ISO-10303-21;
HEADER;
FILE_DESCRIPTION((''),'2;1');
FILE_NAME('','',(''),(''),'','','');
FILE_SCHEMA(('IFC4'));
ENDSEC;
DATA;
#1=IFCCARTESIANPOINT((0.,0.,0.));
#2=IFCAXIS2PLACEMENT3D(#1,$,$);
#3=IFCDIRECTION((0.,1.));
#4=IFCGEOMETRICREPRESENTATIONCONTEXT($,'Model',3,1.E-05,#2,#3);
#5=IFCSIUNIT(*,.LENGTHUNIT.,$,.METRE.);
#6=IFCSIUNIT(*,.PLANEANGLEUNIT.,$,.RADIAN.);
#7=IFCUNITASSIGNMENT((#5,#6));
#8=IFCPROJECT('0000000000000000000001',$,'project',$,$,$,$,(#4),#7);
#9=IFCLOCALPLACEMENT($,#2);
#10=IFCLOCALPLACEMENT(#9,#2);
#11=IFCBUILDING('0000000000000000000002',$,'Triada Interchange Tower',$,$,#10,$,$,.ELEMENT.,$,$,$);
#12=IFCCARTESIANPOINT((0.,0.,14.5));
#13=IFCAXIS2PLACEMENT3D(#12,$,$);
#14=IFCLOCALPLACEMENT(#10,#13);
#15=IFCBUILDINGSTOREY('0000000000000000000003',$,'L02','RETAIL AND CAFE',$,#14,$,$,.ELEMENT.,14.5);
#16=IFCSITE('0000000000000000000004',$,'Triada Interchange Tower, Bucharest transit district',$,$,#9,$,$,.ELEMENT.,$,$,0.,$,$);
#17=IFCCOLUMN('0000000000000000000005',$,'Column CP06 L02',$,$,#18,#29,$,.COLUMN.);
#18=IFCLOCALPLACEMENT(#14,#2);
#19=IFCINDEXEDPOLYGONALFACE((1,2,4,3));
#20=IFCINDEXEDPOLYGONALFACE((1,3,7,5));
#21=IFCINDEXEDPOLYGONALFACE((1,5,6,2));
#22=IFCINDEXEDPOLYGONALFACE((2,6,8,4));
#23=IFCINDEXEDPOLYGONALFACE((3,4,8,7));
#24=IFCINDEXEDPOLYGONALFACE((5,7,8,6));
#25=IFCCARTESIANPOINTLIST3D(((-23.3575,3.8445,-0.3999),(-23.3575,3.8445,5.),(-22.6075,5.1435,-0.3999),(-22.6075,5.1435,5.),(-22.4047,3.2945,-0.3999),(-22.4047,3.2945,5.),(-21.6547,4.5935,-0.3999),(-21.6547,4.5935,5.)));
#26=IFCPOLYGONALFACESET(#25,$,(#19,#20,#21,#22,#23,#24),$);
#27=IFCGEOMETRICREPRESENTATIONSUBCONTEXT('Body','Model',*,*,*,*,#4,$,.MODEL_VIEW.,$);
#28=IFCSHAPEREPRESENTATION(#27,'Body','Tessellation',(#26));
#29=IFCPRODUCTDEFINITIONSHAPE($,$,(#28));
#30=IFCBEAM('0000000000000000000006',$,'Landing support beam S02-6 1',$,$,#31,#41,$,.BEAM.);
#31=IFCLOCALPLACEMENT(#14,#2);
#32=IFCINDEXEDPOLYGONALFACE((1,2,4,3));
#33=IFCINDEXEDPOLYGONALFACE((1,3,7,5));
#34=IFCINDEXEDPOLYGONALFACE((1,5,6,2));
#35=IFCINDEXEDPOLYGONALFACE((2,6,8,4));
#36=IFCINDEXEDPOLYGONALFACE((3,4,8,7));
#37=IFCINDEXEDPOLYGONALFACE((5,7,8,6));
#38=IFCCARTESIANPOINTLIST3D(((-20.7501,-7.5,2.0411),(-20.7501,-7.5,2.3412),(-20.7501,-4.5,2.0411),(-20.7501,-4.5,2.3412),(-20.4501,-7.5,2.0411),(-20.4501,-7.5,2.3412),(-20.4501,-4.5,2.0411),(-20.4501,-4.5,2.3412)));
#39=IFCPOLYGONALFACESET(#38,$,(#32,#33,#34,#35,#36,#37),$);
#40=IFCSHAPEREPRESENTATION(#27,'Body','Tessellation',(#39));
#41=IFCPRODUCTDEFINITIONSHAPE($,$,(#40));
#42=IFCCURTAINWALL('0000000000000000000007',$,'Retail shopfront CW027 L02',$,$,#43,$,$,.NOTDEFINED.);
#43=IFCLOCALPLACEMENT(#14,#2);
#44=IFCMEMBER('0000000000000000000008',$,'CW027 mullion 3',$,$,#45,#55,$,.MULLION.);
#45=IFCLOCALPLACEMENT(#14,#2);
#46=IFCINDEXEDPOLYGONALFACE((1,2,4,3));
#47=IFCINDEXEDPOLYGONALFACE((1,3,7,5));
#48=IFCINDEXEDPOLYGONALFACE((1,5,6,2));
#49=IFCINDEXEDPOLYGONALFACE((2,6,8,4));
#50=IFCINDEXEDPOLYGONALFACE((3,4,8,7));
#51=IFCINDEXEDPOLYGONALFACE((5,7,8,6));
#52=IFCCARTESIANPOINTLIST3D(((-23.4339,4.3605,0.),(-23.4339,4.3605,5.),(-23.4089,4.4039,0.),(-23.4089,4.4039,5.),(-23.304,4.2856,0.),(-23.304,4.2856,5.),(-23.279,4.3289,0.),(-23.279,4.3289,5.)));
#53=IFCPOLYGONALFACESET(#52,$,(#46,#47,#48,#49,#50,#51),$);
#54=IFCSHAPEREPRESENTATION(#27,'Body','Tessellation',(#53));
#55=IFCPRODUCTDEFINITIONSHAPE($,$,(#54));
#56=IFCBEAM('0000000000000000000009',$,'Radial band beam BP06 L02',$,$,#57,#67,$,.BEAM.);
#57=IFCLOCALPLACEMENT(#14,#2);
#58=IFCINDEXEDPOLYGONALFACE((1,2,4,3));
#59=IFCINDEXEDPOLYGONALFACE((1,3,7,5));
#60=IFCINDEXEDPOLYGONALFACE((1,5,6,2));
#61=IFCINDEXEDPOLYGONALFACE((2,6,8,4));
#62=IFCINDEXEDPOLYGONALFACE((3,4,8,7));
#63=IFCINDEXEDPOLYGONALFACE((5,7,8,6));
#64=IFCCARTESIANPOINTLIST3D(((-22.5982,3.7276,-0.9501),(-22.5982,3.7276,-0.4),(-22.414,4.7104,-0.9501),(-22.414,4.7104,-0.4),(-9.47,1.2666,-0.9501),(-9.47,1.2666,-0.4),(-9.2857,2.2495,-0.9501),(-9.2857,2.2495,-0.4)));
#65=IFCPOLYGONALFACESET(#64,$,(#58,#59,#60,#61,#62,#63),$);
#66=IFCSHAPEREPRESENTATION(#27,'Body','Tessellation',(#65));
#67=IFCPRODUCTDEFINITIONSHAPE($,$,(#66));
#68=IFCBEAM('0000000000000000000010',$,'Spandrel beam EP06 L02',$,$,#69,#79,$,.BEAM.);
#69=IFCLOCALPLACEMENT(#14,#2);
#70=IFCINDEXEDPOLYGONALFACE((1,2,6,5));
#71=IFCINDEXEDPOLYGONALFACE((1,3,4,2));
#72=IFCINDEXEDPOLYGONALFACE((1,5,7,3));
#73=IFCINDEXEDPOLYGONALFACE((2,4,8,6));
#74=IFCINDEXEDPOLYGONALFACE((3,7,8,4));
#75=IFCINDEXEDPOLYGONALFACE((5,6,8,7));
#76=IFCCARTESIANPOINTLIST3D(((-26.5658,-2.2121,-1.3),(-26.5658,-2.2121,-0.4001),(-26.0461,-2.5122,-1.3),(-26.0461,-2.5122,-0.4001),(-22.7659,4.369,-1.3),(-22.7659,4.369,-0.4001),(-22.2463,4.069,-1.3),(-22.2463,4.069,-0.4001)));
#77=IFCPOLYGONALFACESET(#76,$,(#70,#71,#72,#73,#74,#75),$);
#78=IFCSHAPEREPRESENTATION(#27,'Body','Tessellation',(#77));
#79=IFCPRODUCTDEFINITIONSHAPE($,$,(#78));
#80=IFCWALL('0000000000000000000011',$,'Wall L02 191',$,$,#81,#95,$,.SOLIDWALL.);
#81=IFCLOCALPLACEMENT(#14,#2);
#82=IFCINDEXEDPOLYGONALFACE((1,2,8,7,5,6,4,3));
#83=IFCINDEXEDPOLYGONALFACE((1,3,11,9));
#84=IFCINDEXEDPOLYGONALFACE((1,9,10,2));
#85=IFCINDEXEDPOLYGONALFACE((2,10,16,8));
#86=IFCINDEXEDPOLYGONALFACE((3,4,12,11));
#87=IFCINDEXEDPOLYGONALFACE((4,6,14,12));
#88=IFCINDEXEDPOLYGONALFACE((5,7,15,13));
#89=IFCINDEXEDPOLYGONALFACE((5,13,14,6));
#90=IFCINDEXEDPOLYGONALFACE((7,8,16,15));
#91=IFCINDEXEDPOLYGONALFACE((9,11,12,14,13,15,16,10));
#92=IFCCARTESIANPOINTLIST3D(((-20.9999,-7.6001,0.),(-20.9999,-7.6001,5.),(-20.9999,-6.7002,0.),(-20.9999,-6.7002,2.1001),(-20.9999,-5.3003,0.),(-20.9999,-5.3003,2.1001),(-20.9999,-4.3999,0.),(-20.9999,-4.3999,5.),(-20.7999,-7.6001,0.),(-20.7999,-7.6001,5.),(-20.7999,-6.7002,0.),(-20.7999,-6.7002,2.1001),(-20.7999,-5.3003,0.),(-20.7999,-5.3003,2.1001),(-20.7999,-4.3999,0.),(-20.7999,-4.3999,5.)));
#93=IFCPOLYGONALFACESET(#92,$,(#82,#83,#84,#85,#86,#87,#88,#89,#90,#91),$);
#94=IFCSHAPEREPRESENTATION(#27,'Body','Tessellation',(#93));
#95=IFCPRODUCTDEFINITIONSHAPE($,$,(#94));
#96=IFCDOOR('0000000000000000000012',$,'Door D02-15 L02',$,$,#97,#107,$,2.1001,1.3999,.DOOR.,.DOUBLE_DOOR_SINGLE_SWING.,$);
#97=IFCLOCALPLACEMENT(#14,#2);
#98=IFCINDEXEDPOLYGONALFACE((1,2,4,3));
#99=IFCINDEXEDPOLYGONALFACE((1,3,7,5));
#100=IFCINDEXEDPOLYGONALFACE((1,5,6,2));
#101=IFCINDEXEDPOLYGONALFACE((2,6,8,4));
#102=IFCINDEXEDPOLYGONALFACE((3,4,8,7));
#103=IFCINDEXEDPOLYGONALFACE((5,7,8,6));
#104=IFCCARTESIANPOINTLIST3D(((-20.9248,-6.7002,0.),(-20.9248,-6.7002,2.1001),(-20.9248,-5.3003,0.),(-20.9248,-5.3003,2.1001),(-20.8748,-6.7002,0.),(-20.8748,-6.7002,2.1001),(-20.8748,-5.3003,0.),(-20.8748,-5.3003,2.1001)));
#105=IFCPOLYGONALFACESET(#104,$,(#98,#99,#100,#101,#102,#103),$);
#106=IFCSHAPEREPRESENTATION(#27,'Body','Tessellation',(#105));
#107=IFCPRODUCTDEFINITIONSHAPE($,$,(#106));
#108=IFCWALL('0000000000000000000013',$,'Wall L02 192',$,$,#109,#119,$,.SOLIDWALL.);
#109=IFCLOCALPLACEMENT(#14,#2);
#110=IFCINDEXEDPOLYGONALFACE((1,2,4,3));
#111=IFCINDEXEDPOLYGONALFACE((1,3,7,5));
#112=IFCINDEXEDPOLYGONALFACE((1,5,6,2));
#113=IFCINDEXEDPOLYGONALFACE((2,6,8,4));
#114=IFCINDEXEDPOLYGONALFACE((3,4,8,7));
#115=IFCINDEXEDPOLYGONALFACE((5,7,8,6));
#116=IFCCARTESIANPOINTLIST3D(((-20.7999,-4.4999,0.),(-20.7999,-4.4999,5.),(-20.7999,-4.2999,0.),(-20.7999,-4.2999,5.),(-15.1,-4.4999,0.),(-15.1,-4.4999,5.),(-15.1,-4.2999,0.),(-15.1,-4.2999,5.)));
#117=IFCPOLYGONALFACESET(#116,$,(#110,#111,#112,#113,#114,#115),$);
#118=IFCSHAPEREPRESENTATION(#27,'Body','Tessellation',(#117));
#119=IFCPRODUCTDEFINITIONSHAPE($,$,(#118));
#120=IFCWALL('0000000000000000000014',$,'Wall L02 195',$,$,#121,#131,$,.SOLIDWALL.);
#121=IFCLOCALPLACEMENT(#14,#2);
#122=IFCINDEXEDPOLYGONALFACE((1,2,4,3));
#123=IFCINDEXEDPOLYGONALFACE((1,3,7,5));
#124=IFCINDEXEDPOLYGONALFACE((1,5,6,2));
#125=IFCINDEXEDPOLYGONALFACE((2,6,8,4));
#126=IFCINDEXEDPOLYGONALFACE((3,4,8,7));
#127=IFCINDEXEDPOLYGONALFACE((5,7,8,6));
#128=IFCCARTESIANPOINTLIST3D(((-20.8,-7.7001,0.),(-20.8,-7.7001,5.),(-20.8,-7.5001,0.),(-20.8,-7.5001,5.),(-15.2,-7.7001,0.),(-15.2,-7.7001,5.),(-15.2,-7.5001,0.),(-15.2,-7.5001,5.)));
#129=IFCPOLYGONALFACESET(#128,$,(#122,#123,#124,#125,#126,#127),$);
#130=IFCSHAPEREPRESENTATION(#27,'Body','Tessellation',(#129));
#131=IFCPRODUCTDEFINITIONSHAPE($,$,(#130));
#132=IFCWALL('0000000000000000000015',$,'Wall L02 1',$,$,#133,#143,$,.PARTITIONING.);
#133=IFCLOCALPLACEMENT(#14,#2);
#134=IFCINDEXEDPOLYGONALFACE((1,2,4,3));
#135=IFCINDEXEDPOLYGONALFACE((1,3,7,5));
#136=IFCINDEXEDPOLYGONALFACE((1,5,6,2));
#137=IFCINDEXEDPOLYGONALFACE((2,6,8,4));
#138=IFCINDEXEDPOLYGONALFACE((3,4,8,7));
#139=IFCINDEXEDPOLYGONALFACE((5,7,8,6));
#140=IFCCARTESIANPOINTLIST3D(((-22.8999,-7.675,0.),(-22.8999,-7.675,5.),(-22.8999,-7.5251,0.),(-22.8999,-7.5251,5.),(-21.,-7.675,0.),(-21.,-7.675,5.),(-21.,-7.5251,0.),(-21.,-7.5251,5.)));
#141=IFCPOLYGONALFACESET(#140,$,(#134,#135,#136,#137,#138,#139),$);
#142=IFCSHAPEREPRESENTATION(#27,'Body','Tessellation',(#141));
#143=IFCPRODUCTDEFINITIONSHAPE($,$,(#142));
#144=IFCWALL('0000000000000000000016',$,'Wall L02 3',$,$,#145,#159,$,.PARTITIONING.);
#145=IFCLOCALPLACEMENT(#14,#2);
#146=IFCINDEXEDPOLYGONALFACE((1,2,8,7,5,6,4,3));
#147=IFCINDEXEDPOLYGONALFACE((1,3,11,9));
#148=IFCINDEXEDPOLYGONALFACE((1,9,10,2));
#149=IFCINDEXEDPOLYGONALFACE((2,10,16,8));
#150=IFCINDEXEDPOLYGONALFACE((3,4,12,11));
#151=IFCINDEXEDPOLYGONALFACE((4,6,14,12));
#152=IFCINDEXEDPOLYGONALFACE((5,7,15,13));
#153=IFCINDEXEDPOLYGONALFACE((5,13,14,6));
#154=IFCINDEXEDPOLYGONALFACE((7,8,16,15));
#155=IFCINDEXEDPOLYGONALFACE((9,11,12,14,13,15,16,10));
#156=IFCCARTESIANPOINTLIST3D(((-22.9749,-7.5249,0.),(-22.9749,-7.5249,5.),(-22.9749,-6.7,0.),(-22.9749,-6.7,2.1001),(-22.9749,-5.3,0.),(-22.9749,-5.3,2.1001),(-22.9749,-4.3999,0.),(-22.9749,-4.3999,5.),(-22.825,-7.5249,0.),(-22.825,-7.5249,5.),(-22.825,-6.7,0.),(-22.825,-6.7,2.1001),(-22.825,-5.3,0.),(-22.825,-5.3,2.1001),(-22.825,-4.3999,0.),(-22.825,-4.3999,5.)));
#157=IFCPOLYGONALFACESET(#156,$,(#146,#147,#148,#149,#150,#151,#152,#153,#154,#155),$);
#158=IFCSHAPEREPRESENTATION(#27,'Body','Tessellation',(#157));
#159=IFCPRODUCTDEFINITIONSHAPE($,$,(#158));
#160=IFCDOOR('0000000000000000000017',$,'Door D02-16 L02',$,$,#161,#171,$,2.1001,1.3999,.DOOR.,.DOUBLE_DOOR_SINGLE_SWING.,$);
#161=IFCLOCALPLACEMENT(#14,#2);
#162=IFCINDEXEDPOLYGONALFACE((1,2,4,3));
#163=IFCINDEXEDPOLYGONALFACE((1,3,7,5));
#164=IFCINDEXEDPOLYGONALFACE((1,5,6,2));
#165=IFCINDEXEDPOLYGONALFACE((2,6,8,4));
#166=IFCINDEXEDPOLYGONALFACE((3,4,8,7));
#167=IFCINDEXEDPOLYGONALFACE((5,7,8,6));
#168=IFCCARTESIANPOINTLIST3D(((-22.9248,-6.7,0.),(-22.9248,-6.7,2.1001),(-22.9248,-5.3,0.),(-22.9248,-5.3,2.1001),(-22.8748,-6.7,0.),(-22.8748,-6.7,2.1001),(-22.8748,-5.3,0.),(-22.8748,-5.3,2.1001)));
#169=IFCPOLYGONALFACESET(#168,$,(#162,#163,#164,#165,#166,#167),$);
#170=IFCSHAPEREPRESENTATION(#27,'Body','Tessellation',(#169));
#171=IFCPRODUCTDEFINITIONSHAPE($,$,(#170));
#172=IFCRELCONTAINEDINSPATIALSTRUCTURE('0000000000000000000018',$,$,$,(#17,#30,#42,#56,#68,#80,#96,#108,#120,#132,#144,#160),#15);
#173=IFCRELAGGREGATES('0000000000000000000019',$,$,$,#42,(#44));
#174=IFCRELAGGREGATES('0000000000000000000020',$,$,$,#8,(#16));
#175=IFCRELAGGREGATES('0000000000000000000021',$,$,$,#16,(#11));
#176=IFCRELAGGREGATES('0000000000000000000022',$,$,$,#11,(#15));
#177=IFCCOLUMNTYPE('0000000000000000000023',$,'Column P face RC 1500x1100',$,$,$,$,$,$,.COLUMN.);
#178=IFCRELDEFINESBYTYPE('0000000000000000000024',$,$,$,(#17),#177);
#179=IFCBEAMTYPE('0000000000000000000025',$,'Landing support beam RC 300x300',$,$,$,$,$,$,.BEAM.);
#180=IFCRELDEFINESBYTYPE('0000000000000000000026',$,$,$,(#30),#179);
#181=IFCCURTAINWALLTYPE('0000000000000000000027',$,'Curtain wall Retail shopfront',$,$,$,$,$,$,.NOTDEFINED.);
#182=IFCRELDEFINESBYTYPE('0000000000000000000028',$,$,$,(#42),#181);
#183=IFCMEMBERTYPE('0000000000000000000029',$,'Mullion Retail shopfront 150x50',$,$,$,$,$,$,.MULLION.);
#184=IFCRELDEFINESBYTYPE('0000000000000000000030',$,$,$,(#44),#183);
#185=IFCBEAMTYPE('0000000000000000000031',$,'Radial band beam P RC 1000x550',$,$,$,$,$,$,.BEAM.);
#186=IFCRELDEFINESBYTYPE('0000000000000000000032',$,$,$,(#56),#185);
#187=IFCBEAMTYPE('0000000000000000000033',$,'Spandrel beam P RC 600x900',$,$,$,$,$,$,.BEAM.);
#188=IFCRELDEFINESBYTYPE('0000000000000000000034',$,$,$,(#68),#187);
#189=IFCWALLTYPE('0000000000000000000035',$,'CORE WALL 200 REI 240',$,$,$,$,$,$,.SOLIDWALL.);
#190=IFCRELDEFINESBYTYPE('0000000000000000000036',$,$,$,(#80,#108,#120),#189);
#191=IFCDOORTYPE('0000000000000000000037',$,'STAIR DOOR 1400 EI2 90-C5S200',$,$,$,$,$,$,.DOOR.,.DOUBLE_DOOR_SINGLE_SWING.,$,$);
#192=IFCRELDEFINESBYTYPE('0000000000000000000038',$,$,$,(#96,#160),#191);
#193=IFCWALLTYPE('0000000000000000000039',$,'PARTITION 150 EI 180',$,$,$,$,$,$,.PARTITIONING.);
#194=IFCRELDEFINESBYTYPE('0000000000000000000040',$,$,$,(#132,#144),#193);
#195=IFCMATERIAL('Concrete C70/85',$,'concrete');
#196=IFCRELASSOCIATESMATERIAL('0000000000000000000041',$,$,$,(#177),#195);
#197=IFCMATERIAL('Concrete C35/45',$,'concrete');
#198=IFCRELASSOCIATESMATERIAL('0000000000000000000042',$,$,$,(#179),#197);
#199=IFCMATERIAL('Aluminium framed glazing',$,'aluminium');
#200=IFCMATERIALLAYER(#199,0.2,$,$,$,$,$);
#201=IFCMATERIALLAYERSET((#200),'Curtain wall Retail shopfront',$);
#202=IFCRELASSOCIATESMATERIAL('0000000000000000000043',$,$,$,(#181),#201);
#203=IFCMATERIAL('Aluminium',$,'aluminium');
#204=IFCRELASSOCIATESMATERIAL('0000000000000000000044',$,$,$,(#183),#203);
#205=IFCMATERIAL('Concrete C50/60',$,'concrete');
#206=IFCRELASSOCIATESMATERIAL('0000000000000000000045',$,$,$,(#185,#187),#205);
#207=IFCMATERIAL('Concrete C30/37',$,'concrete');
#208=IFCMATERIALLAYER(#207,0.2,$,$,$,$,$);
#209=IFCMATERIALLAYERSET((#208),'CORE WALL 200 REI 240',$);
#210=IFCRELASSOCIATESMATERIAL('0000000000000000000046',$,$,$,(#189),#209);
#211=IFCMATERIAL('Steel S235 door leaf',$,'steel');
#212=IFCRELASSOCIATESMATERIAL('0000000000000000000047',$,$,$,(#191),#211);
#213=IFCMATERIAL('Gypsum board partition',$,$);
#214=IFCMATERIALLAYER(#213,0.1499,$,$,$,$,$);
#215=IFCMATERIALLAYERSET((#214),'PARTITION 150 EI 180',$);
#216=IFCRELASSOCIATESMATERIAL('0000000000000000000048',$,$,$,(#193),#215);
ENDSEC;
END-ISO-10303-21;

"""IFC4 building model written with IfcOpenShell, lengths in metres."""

from ifc_helpers import new_model, si_unit, direction, frame, frame_2d, origin, origin_2d, place, context, subcontext, project, spatial, rectangle, extrude, material, layer, layer_set, material_profile, profile_set, type_object, element, fill, aggregate, save


model = new_model("IFC4")

# Units and contexts
model_context = context("Model", 3, precision=1e-05, world=origin(), true_north=direction((0.0, 1.0)))
body_context = subcontext(model_context, "Body", "Model", "MODEL_VIEW")
ifc_project = project(units=[si_unit("LENGTHUNIT", "METRE"), si_unit("PLANEANGLEUNIT", "RADIAN")], contexts=[model_context])

# Site, building, storey
site_placement = place(None, origin())
site = spatial("IfcSite", under=ifc_project, at=site_placement, Name="Triada Interchange Tower, Bucharest transit district", CompositionType="ELEMENT", RefElevation=0.0)
building_placement = place(site_placement, origin())
building = spatial("IfcBuilding", under=site, at=building_placement, Name="Triada Interchange Tower", CompositionType="ELEMENT")
storey_placement = place(building_placement, frame((0.0, 0.0, 14.5)))
storey = spatial("IfcBuildingStorey", under=building, at=storey_placement, Name="L02", Description="RETAIL AND CAFE", CompositionType="ELEMENT", Elevation=14.5)

# Column
ifc_material_1 = material(Name="Concrete C70/85", Category="concrete")
ifc_material_profile_1 = material_profile(ifc_material_1, rectangle(XDim=1.5, YDim=1.1001, at=origin_2d()), Name="RC 1500x1100")
ifc_profile_set_1 = profile_set([ifc_material_profile_1], Name="Concrete C70/85")
column_type = type_object("IfcColumnType", Name="Column P face RC 1500x1100", PredefinedType="COLUMN", material=ifc_profile_set_1)
column_placement = place(storey_placement, frame((-22.5061, 4.219, -0.3999), z_axis=(0.0, 0.0, 1.0), x_axis=(0.5, 0.866025, 0.0)))
element("IfcColumn", 1, at=column_placement, inside=storey, type_object=column_type, Name="Column CP06 L02", PredefinedType="COLUMN", context=body_context, shape_type="SweptSolid", body=[
    extrude(rectangle(XDim=1.5, YDim=1.1001, at=origin_2d()), origin(), (0.0, 0.0, 1.0), 5.3999),
])

# Beam
ifc_material_2 = material(Name="Concrete C35/45", Category="concrete")
ifc_material_profile_2 = material_profile(ifc_material_2, rectangle(XDim=0.3, YDim=0.3, at=origin_2d()), Name="RC 300x300")
ifc_profile_set_2 = profile_set([ifc_material_profile_2], Name="Concrete C35/45")
beam_type_1 = type_object("IfcBeamType", Name="Landing support beam RC 300x300", PredefinedType="BEAM", material=ifc_profile_set_2)
beam_1_placement = place(storey_placement, frame((-20.6001, -4.5, 2.1912), z_axis=(0.0, -1.0, 0.0), x_axis=(1.0, 0.0, 0.0)))
element("IfcBeam", 2, at=beam_1_placement, inside=storey, type_object=beam_type_1, Name="Landing support beam S02-6 1", PredefinedType="BEAM", context=body_context, shape_type="SweptSolid", body=[
    extrude(rectangle(XDim=0.3, YDim=0.3, at=origin_2d()), origin(), (0.0, 0.0, 1.0), 3.0),
])

# Curtain wall, member
ifc_material_3 = material(Name="Aluminium framed glazing", Category="aluminium")
ifc_layer_1 = layer(ifc_material_3, 0.2)
ifc_layer_set_1 = layer_set([ifc_layer_1], Name="Curtain wall Retail shopfront")
curtain_wall_type = type_object("IfcCurtainWallType", Name="Curtain wall Retail shopfront", PredefinedType="NOTDEFINED", material=ifc_layer_set_1)
curtain_wall_placement = place(storey_placement, origin())
curtain_wall = element("IfcCurtainWall", 3, at=curtain_wall_placement, inside=storey, type_object=curtain_wall_type, Name="Retail shopfront CW027 L02", PredefinedType="NOTDEFINED")
ifc_material_4 = material(Name="Aluminium", Category="aluminium")
ifc_material_profile_3 = material_profile(ifc_material_4, rectangle(XDim=0.1499, YDim=0.05, at=origin_2d()), Name="Aluminium mullion")
ifc_profile_set_3 = profile_set([ifc_material_profile_3], Name="Aluminium")
member_type = type_object("IfcMemberType", Name="Mullion Retail shopfront 150x50", PredefinedType="MULLION", material=ifc_profile_set_3)
member_placement = place(storey_placement, frame((-23.3564, 4.3447, 0.0), z_axis=(0.0, 0.0, 1.0), x_axis=(0.866087, -0.499893, 0.0)))
member = element("IfcMember", 4, at=member_placement, type_object=member_type, Name="CW027 mullion 3", PredefinedType="MULLION", context=body_context, shape_type="SweptSolid", body=[
    extrude(rectangle(XDim=0.1499, YDim=0.05, at=origin_2d()), origin(), (0.0, 0.0, 1.0), 5.0),
])
aggregate(curtain_wall, [member])

# Beams
ifc_material_5 = material(Name="Concrete C50/60", Category="concrete")
ifc_material_profile_4 = material_profile(ifc_material_5, rectangle(XDim=1.0, YDim=0.55, at=origin_2d()), Name="RC 1000x550")
ifc_profile_set_4 = profile_set([ifc_material_profile_4], Name="Concrete C50/60")
beam_type_2 = type_object("IfcBeamType", Name="Radial band beam P RC 1000x550", PredefinedType="BEAM", material=ifc_profile_set_4)
beam_2_placement = place(storey_placement, frame((-22.5061, 4.219, -0.675), z_axis=(0.98288, -0.184245, 0.0), x_axis=(0.184245, 0.98288, 0.0)))
element("IfcBeam", 5, at=beam_2_placement, inside=storey, type_object=beam_type_2, Name="Radial band beam BP06 L02", PredefinedType="BEAM", context=body_context, shape_type="SweptSolid", body=[
    extrude(rectangle(XDim=1.0, YDim=0.55, at=origin_2d()), origin(), (0.0, 0.0, 1.0), 13.3569),
])
ifc_material_profile_5 = material_profile(ifc_material_5, rectangle(XDim=0.6001, YDim=0.8999, at=origin_2d()), Name="RC 600x900")
ifc_profile_set_5 = profile_set([ifc_material_profile_5], Name="Concrete C50/60")
beam_type_3 = type_object("IfcBeamType", Name="Spandrel beam P RC 600x900", PredefinedType="BEAM", material=ifc_profile_set_5)
beam_3_placement = place(storey_placement, frame((-22.5061, 4.219, -0.8501), z_axis=(-0.500023, -0.866012, 0.0), x_axis=(0.866012, -0.500023, 0.0)))
element("IfcBeam", 6, at=beam_3_placement, inside=storey, type_object=beam_type_3, Name="Spandrel beam EP06 L02", PredefinedType="BEAM", context=body_context, shape_type="SweptSolid", body=[
    extrude(rectangle(XDim=0.6001, YDim=0.8999, at=origin_2d()), origin(), (0.0, 0.0, 1.0), 7.5994),
])

# Wall, opening, door
ifc_material_6 = material(Name="Concrete C30/37", Category="concrete")
ifc_layer_2 = layer(ifc_material_6, 0.2)
ifc_layer_set_2 = layer_set([ifc_layer_2], Name="CORE WALL 200 REI 240")
wall_type_1 = type_object("IfcWallType", Name="CORE WALL 200 REI 240", PredefinedType="SOLIDWALL", material=ifc_layer_set_2)
wall_1_placement = place(storey_placement, frame((-20.8999, -7.6001, 0.0), z_axis=(0.0, 0.0, 1.0), x_axis=(0.0, 1.0, 0.0)))
wall_1 = element("IfcWall", 7, at=wall_1_placement, inside=storey, type_object=wall_type_1, Name="Wall L02 191", PredefinedType="SOLIDWALL", context=body_context, shape_type="SweptSolid", body=[
    extrude(rectangle(XDim=3.2002, YDim=0.2, at=frame_2d((1.6001, 0.0))), origin(), (0.0, 0.0, 1.0), 5.0),
])
opening_1_placement = place(wall_1_placement, frame((0.8999, 0.0, 0.0)))
opening_1 = element("IfcOpeningElement", 8, at=opening_1_placement, cuts=wall_1, PredefinedType="OPENING", context=body_context, shape_type="SweptSolid", body=[
    extrude(rectangle(XDim=1.3999, YDim=2.1001, at=frame_2d((0.7, 1.05))), frame((0.0, 0.1099, 0.0), z_axis=(0.0, -1.0, 0.0), x_axis=(1.0, 0.0, 0.0)), (0.0, 0.0, 1.0), 0.22),
])
ifc_material_7 = material(Name="Steel S235 door leaf", Category="steel")
door_type_1 = type_object("IfcDoorType", Name="STAIR DOOR 1400 EI2 90-C5S200", OperationType="DOUBLE_DOOR_SINGLE_SWING", PredefinedType="DOOR", material=ifc_material_7)
door_1_placement = place(opening_1_placement, origin())
door_1 = element("IfcDoor", 9, at=door_1_placement, inside=storey, type_object=door_type_1, Name="Door D02-15 L02", OperationType="DOUBLE_DOOR_SINGLE_SWING", OverallHeight=2.1001, OverallWidth=1.3999, PredefinedType="DOOR", context=body_context, shape_type="SweptSolid", body=[
    extrude(rectangle(XDim=1.3999, YDim=2.1001, at=frame_2d((0.7, 1.05))), frame((0.0, 0.0249, 0.0), z_axis=(0.0, -1.0, 0.0), x_axis=(1.0, 0.0, 0.0)), (0.0, 0.0, 1.0), 0.05),
])
fill(opening_1, door_1)

# Walls
wall_2_placement = place(storey_placement, frame((-20.8, -4.3999, 0.0), z_axis=(0.0, 0.0, 1.0), x_axis=(1.0, 0.0, 0.0)))
element("IfcWall", 10, at=wall_2_placement, inside=storey, type_object=wall_type_1, Name="Wall L02 192", PredefinedType="SOLIDWALL", context=body_context, shape_type="SweptSolid", body=[
    extrude(rectangle(XDim=5.7, YDim=0.2, at=frame_2d((2.8501, 0.0))), origin(), (0.0, 0.0, 1.0), 5.0),
])
wall_3_placement = place(storey_placement, frame((-20.8, -7.6001, 0.0), z_axis=(0.0, 0.0, 1.0), x_axis=(1.0, 0.0, 0.0)))
element("IfcWall", 11, at=wall_3_placement, inside=storey, type_object=wall_type_1, Name="Wall L02 195", PredefinedType="SOLIDWALL", context=body_context, shape_type="SweptSolid", body=[
    extrude(rectangle(XDim=5.6001, YDim=0.2, at=frame_2d((2.8, 0.0))), origin(), (0.0, 0.0, 1.0), 5.0),
])
ifc_material_8 = material(Name="Gypsum board partition")
ifc_layer_3 = layer(ifc_material_8, 0.1499)
ifc_layer_set_3 = layer_set([ifc_layer_3], Name="PARTITION 150 EI 180")
wall_type_2 = type_object("IfcWallType", Name="PARTITION 150 EI 180", PredefinedType="PARTITIONING", material=ifc_layer_set_3)
wall_4_placement = place(storey_placement, frame((-22.8999, -7.6001, 0.0), z_axis=(0.0, 0.0, 1.0), x_axis=(1.0, 0.0, 0.0)))
element("IfcWall", 12, at=wall_4_placement, inside=storey, type_object=wall_type_2, Name="Wall L02 1", PredefinedType="PARTITIONING", context=body_context, shape_type="SweptSolid", body=[
    extrude(rectangle(XDim=1.8999, YDim=0.1499, at=frame_2d((0.95, 0.0))), origin(), (0.0, 0.0, 1.0), 5.0),
])

# Wall, opening, door
wall_5_placement = place(storey_placement, frame((-22.8999, -7.5249, 0.0), z_axis=(0.0, 0.0, 1.0), x_axis=(0.0, 1.0, 0.0)))
wall_5 = element("IfcWall", 13, at=wall_5_placement, inside=storey, type_object=wall_type_2, Name="Wall L02 3", PredefinedType="PARTITIONING", context=body_context, shape_type="SweptSolid", body=[
    extrude(rectangle(XDim=3.125, YDim=0.1499, at=frame_2d((1.5625, 0.0))), origin(), (0.0, 0.0, 1.0), 5.0),
])
opening_2_placement = place(wall_5_placement, frame((0.825, 0.0, 0.0)))
opening_2 = element("IfcOpeningElement", 14, at=opening_2_placement, cuts=wall_5, PredefinedType="OPENING", context=body_context, shape_type="SweptSolid", body=[
    extrude(rectangle(XDim=1.3999, YDim=2.1001, at=frame_2d((0.7, 1.05))), frame((0.0, 0.085, 0.0), z_axis=(0.0, -1.0, 0.0), x_axis=(1.0, 0.0, 0.0)), (0.0, 0.0, 1.0), 0.1699),
])
door_2_placement = place(opening_2_placement, origin())
door_2 = element("IfcDoor", 15, at=door_2_placement, inside=storey, type_object=door_type_1, Name="Door D02-16 L02", OperationType="DOUBLE_DOOR_SINGLE_SWING", OverallHeight=2.1001, OverallWidth=1.3999, PredefinedType="DOOR", context=body_context, shape_type="SweptSolid", body=[
    extrude(rectangle(XDim=1.3999, YDim=2.1001, at=frame_2d((0.7, 1.05))), frame((0.0, 0.0249, 0.0), z_axis=(0.0, -1.0, 0.0), x_axis=(1.0, 0.0, 0.0)), (0.0, 0.0, 1.0), 0.05),
])
fill(opening_2, door_2)

save(model, "model.ifc")
